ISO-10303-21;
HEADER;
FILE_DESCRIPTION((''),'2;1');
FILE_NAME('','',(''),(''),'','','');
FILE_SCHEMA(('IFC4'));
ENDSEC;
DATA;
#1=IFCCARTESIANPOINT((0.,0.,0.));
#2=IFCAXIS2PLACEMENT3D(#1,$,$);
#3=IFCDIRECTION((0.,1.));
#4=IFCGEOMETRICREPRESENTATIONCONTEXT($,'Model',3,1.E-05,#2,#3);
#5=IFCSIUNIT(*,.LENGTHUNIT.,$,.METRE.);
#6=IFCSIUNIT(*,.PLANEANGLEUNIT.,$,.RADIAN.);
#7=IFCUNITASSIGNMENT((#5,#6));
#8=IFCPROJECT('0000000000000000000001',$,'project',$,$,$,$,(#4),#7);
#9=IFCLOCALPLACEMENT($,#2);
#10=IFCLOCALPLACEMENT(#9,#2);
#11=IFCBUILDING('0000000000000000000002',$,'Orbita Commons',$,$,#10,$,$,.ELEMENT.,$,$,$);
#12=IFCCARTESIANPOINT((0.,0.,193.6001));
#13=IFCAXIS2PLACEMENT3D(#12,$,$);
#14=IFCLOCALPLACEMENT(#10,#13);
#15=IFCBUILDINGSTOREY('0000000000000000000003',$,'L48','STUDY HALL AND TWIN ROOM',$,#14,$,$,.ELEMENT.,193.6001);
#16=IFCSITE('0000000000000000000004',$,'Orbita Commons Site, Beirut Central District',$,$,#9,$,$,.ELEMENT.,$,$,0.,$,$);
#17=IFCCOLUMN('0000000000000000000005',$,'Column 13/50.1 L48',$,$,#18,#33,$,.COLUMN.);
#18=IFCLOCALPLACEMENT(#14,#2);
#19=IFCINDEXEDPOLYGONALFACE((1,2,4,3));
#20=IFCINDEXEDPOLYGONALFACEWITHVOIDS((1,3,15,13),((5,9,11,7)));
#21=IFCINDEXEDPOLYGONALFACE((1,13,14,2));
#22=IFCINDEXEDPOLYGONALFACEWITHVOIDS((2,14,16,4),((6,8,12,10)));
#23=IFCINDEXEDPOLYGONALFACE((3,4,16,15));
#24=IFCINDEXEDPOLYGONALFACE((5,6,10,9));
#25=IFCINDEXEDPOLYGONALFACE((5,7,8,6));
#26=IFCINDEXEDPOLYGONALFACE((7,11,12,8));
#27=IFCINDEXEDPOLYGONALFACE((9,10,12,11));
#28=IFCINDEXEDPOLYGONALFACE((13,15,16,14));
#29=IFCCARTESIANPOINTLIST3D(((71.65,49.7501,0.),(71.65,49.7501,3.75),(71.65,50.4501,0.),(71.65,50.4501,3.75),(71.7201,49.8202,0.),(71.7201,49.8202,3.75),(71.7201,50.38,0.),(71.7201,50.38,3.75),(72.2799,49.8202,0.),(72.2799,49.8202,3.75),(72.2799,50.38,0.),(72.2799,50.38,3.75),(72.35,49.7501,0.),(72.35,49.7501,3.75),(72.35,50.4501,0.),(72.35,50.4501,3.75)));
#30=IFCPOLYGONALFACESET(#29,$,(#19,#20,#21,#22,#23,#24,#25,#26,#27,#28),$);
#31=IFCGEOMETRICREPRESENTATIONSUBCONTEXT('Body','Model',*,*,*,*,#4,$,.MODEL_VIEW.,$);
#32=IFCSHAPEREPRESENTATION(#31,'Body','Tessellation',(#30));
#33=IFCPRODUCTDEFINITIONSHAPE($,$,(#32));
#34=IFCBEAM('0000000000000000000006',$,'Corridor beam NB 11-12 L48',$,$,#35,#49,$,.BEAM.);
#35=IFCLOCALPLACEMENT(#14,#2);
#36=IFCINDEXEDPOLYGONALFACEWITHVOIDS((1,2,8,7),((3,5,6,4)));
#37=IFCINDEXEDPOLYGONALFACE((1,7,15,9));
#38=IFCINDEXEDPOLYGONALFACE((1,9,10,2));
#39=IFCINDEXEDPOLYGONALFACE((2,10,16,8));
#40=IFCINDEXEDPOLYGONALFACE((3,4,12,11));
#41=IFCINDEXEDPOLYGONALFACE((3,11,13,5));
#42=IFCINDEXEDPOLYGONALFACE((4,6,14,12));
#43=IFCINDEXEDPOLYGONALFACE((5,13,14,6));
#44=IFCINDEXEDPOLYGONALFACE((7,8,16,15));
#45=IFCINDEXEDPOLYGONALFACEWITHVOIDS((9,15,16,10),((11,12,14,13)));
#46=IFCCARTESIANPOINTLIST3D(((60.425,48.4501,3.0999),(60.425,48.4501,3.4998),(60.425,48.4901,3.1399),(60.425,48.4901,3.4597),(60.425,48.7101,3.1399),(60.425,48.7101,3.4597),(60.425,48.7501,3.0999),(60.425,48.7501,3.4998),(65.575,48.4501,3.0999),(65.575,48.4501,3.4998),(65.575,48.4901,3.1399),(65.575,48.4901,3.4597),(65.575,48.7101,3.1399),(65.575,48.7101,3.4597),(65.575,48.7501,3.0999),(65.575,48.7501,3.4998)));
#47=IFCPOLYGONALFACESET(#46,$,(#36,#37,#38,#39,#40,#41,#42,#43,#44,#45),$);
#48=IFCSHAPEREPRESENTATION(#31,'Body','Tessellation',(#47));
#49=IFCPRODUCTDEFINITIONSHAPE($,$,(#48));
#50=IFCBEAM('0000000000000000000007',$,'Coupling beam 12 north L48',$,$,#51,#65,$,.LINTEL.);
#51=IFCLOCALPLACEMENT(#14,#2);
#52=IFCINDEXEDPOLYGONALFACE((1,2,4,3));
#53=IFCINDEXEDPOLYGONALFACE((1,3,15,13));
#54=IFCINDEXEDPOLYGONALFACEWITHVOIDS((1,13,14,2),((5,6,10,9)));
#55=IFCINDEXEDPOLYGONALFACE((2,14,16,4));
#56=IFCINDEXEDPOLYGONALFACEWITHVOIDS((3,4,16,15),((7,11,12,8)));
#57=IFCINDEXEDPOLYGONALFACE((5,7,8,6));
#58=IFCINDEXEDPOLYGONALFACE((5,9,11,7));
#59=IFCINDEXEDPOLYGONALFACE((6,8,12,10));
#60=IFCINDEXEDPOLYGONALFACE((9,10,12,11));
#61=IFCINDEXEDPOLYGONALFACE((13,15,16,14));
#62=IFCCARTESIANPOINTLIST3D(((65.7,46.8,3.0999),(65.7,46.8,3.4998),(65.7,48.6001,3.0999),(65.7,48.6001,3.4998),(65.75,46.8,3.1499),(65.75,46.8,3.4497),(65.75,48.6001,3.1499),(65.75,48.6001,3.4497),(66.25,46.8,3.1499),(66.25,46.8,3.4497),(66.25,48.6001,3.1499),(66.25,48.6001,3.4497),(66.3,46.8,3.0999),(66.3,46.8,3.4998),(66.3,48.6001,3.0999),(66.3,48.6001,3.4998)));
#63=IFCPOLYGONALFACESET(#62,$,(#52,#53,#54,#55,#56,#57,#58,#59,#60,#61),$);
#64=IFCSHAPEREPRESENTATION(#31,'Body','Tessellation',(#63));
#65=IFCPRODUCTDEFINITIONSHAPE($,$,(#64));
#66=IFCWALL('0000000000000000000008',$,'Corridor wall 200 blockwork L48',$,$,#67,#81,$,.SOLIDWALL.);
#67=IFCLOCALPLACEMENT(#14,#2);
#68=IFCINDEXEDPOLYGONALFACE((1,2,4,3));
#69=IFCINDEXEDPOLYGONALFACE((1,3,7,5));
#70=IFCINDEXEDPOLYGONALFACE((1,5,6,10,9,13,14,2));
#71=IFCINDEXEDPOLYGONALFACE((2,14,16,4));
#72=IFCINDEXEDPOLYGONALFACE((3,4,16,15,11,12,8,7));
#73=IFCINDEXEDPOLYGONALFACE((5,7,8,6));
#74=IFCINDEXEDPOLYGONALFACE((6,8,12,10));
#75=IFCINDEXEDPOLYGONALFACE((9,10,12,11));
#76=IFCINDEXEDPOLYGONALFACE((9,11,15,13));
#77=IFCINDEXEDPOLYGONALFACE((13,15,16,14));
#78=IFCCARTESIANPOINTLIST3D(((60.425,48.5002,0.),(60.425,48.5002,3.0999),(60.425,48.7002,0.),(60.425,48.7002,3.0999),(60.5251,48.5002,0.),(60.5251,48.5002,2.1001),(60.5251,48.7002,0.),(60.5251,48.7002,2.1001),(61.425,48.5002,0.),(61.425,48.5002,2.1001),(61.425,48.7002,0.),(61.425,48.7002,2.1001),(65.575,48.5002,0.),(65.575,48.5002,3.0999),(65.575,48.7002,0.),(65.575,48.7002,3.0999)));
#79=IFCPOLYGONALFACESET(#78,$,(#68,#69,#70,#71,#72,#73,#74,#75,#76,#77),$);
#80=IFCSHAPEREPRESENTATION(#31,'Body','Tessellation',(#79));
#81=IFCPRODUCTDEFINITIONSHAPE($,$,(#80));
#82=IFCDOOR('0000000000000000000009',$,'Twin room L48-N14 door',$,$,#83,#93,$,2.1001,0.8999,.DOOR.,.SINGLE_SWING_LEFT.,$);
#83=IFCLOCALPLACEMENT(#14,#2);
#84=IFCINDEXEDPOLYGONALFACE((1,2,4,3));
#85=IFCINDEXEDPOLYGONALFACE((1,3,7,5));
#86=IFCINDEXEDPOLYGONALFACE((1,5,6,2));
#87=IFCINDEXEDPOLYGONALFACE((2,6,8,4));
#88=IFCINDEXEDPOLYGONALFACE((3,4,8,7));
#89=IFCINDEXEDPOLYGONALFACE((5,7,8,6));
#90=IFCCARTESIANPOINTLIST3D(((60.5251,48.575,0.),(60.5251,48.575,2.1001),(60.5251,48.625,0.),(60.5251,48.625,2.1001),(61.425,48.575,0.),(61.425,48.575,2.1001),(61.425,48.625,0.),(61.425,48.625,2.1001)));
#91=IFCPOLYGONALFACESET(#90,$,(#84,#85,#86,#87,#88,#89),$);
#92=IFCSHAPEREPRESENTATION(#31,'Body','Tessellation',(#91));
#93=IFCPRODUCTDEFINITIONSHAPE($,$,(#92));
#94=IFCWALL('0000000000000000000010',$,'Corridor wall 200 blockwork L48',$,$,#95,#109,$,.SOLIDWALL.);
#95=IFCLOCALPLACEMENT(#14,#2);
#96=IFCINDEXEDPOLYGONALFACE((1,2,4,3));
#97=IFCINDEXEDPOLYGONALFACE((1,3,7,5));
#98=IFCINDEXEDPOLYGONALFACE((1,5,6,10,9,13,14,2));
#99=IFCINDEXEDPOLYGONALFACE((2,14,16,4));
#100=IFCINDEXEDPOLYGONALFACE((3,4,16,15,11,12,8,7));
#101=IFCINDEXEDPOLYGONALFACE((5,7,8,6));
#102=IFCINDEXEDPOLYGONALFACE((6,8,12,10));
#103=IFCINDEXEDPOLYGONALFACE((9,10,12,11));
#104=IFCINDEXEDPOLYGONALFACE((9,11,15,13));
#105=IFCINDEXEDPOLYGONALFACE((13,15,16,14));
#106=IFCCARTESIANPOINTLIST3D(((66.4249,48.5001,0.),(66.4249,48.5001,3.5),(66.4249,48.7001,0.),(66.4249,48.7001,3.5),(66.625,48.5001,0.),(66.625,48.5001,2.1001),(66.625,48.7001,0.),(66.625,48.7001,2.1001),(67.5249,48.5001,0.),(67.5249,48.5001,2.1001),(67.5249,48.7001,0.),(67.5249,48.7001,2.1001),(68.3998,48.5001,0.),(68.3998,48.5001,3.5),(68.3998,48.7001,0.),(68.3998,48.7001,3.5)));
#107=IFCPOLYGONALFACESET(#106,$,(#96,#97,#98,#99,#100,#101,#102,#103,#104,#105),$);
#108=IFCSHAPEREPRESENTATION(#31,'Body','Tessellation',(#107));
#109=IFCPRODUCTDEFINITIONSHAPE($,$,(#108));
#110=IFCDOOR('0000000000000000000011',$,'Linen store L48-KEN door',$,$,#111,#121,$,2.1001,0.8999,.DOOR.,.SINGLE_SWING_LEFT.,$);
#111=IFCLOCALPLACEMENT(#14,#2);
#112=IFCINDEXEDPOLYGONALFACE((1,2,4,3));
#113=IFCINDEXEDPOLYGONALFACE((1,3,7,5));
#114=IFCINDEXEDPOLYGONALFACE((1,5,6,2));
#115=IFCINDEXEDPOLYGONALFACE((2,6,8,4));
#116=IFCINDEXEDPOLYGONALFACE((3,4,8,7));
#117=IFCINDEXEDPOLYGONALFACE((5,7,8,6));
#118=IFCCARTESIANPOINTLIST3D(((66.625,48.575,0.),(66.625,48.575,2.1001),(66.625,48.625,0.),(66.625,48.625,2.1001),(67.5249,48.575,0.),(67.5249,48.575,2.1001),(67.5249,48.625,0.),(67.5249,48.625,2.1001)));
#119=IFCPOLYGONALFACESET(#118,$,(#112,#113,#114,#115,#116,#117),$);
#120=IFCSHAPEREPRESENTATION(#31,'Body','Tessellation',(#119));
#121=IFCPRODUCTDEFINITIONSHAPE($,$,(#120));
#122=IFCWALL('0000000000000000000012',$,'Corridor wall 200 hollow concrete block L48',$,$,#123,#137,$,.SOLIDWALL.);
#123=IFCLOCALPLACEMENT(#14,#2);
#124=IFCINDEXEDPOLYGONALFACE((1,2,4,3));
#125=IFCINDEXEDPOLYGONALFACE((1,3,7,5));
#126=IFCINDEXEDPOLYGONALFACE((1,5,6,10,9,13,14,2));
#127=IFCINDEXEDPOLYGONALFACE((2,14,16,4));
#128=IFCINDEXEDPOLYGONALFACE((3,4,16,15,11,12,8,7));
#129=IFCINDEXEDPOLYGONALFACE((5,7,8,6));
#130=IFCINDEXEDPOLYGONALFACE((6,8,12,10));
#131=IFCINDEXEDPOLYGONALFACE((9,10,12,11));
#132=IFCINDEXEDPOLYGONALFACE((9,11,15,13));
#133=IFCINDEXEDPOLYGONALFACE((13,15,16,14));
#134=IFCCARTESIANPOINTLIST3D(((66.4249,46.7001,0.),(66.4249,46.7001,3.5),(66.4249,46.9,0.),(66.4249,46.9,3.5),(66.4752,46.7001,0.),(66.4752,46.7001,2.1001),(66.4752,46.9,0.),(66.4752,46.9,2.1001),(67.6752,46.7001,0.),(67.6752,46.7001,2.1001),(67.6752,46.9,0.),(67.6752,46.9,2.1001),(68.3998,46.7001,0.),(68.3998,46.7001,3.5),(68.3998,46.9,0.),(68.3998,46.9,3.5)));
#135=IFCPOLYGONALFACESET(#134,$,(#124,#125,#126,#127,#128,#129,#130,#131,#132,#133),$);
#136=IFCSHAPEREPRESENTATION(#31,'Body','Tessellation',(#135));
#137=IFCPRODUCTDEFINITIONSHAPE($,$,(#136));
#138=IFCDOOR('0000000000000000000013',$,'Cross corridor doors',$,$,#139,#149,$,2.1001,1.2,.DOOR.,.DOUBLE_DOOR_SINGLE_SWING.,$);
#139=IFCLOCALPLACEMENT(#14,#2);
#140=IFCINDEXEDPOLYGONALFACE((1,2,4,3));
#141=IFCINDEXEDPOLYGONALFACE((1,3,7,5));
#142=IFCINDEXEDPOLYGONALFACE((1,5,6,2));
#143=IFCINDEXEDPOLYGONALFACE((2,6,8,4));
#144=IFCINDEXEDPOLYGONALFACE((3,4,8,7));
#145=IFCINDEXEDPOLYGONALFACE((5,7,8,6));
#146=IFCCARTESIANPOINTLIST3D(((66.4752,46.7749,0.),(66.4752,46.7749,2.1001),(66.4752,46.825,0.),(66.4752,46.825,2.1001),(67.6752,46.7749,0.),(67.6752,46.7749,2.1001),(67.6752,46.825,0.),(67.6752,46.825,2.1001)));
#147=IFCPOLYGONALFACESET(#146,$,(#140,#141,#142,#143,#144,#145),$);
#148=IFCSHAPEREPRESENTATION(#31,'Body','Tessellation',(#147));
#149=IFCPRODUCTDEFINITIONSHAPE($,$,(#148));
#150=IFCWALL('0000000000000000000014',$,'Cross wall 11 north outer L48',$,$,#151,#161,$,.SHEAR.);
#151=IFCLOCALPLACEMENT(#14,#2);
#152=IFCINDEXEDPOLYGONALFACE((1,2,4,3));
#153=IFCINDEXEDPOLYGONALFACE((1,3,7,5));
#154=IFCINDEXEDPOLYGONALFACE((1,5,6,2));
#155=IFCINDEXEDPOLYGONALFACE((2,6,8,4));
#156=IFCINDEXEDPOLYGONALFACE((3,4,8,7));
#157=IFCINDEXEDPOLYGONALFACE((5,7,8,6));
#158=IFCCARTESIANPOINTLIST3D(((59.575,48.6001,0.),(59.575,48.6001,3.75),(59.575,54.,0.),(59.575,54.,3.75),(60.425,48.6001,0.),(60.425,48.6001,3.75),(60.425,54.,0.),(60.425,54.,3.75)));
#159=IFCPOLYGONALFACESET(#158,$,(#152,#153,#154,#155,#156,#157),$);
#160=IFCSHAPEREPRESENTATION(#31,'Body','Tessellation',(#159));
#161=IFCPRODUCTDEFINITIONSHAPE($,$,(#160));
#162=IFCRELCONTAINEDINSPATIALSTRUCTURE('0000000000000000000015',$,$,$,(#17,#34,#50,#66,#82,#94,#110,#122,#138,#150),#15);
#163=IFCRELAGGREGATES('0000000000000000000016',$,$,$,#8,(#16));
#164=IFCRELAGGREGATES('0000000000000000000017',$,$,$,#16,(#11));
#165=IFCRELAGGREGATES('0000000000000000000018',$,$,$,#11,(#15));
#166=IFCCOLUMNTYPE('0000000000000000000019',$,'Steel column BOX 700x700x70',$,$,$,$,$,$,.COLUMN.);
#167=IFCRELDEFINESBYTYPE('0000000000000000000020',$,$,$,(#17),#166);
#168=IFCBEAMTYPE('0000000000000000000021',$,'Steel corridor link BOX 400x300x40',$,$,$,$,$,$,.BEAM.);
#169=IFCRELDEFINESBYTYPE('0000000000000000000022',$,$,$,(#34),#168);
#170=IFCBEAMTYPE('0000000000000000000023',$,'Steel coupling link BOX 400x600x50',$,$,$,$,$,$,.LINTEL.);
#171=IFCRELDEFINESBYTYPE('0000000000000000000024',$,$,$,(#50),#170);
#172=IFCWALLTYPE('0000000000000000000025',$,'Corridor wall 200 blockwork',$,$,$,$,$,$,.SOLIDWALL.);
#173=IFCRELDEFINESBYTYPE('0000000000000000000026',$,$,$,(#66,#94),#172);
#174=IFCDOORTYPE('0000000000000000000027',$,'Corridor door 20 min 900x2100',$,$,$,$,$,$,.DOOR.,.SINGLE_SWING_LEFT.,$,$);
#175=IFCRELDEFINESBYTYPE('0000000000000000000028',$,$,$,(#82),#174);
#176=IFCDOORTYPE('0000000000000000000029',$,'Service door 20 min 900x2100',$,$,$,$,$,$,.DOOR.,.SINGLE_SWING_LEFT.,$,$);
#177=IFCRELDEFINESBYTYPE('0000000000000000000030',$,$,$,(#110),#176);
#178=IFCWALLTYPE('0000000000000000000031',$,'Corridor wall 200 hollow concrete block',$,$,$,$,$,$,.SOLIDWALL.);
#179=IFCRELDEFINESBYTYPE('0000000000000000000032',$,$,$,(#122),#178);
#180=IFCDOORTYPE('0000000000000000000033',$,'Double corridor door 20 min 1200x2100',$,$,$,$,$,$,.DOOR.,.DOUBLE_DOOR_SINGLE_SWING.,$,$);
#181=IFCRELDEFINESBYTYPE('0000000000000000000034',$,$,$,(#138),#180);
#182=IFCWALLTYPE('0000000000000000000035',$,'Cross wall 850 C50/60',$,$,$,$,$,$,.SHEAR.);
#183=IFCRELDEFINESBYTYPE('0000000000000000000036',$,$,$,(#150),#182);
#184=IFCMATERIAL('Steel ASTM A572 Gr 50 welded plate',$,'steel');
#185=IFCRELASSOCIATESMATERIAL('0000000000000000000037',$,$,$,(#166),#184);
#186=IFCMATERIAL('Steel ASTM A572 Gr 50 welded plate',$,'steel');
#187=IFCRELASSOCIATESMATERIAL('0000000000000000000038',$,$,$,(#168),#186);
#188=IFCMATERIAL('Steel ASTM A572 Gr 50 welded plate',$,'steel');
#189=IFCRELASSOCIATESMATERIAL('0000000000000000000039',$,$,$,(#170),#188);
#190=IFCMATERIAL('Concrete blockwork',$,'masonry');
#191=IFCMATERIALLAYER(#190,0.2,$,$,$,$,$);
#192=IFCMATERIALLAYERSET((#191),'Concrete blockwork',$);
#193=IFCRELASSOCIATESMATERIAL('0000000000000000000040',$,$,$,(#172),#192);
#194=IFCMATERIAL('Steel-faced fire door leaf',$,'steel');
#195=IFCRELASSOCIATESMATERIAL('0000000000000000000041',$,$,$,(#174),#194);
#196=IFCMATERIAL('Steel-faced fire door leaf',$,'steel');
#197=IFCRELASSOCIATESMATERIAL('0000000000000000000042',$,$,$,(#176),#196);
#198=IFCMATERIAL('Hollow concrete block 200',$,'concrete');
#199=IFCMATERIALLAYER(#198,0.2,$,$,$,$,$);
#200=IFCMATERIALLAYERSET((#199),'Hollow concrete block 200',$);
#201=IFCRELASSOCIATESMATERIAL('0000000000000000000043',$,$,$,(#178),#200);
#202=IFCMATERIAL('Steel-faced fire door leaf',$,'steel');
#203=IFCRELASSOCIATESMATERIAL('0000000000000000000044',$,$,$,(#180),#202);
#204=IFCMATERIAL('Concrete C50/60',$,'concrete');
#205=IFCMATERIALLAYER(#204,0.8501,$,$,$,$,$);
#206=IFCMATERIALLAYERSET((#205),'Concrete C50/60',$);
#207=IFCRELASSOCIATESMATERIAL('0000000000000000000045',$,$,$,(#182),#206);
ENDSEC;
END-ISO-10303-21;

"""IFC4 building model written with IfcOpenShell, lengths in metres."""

from ifc_helpers import new_model, si_unit, direction, frame, frame_2d, origin, origin_2d, place, context, subcontext, project, spatial, polyline, rectangle, hollow_rectangle, outline, extrude, material, layer, layer_set, material_profile, profile_set, type_object, element, fill, save


model = new_model("IFC4")

# Units and contexts
model_context = context("Model", 3, precision=1e-05, world=origin(), true_north=direction((0.0, 1.0)))
body_context = subcontext(model_context, "Body", "Model", "MODEL_VIEW")
ifc_project = project(units=[si_unit("LENGTHUNIT", "METRE"), si_unit("PLANEANGLEUNIT", "RADIAN")], contexts=[model_context])

# Site, building, storey
site_placement = place(None, origin())
site = spatial("IfcSite", under=ifc_project, at=site_placement, Name="Orbita Commons Site, Beirut Central District", CompositionType="ELEMENT", RefElevation=0.0)
building_placement = place(site_placement, origin())
building = spatial("IfcBuilding", under=site, at=building_placement, Name="Orbita Commons", CompositionType="ELEMENT")
storey_placement = place(building_placement, frame((0.0, 0.0, 193.6001)))
storey = spatial("IfcBuildingStorey", under=building, at=storey_placement, Name="L48", Description="STUDY HALL AND TWIN ROOM", CompositionType="ELEMENT", Elevation=193.6001)

# Column
ifc_material_1 = material(Name="Steel ASTM A572 Gr 50 welded plate", Category="steel")
ifc_material_profile_1 = material_profile(ifc_material_1, hollow_rectangle(XDim=0.7, YDim=0.7, WallThickness=0.0701, at=origin_2d()), Name="BOX 700x700x70")
ifc_profile_set_1 = profile_set([ifc_material_profile_1], Name="Steel ASTM A572 Gr 50 welded plate")
column_type = type_object("IfcColumnType", Name="Steel column BOX 700x700x70", PredefinedType="COLUMN", material=ifc_profile_set_1)
column_placement = place(storey_placement, frame((72.0, 50.1001, 0.0), z_axis=(0.0, 0.0, 1.0), x_axis=(1.0, 0.0, 0.0)))
element("IfcColumn", 1, at=column_placement, inside=storey, type_object=column_type, Name="Column 13/50.1 L48", PredefinedType="COLUMN", context=body_context, shape_type="SweptSolid", body=[
    extrude(hollow_rectangle(XDim=0.7, YDim=0.7, WallThickness=0.0701, at=origin_2d()), origin(), (0.0, 0.0, 1.0), 3.75),
])

# Beams
ifc_material_2 = material(Name="Steel ASTM A572 Gr 50 welded plate", Category="steel")
ifc_material_profile_2 = material_profile(ifc_material_2, hollow_rectangle(XDim=0.3, YDim=0.3999, WallThickness=0.04, at=origin_2d()), Name="BOX 400x300x40")
ifc_profile_set_2 = profile_set([ifc_material_profile_2], Name="Steel ASTM A572 Gr 50 welded plate")
beam_type_1 = type_object("IfcBeamType", Name="Steel corridor link BOX 400x300x40", PredefinedType="BEAM", material=ifc_profile_set_2)
beam_1_placement = place(storey_placement, frame((60.425, 48.6001, 3.2998), z_axis=(1.0, 0.0, 0.0), x_axis=(0.0, 1.0, 0.0)))
element("IfcBeam", 2, at=beam_1_placement, inside=storey, type_object=beam_type_1, Name="Corridor beam NB 11-12 L48", PredefinedType="BEAM", context=body_context, shape_type="SweptSolid", body=[
    extrude(hollow_rectangle(XDim=0.3, YDim=0.3999, WallThickness=0.04, at=origin_2d()), origin(), (0.0, 0.0, 1.0), 5.1499),
])
ifc_material_3 = material(Name="Steel ASTM A572 Gr 50 welded plate", Category="steel")
ifc_material_profile_3 = material_profile(ifc_material_3, hollow_rectangle(XDim=0.6001, YDim=0.3999, WallThickness=0.05, at=origin_2d()), Name="BOX 400x600x50")
ifc_profile_set_3 = profile_set([ifc_material_profile_3], Name="Steel ASTM A572 Gr 50 welded plate")
beam_type_2 = type_object("IfcBeamType", Name="Steel coupling link BOX 400x600x50", PredefinedType="LINTEL", material=ifc_profile_set_3)
beam_2_placement = place(storey_placement, frame((66.0, 46.8, 3.2998), z_axis=(0.0, 1.0, 0.0), x_axis=(-1.0, 0.0, 0.0)))
element("IfcBeam", 3, at=beam_2_placement, inside=storey, type_object=beam_type_2, Name="Coupling beam 12 north L48", PredefinedType="LINTEL", context=body_context, shape_type="SweptSolid", body=[
    extrude(hollow_rectangle(XDim=0.6001, YDim=0.3999, WallThickness=0.05, at=origin_2d()), origin(), (0.0, 0.0, 1.0), 1.8),
])

# Walls, openings, doors
ifc_material_4 = material(Name="Concrete blockwork", Category="masonry")
ifc_layer_1 = layer(ifc_material_4, 0.2)
ifc_layer_set_1 = layer_set([ifc_layer_1], Name="Concrete blockwork")
wall_type_1 = type_object("IfcWallType", Name="Corridor wall 200 blockwork", PredefinedType="SOLIDWALL", material=ifc_layer_set_1)
wall_1_placement = place(storey_placement, frame((60.425, 48.6001, 0.0), z_axis=(0.0, 0.0, 1.0), x_axis=(1.0, 0.0, 0.0)))
wall_1 = element("IfcWall", 4, at=wall_1_placement, inside=storey, type_object=wall_type_1, Name="Corridor wall 200 blockwork L48", PredefinedType="SOLIDWALL", context=body_context, shape_type="SweptSolid", body=[
    extrude(outline(polyline([(0.0, 0.0), (5.1499, 0.0), (5.1499, 3.0999), (0.0, 3.0999), (0.0, 0.0)])), frame((0.0, 0.1001, 0.0), z_axis=(0.0, -1.0, 0.0), x_axis=(1.0, 0.0, 0.0)), (0.0, 0.0, 1.0), 0.2),
])
opening_1_placement = place(wall_1_placement, frame((0.1001, 0.0, 0.0)))
opening_1 = element("IfcOpeningElement", 5, at=opening_1_placement, cuts=wall_1, PredefinedType="OPENING", context=body_context, shape_type="SweptSolid", body=[
    extrude(rectangle(XDim=0.8999, YDim=2.1001, at=frame_2d((0.45, 1.05))), frame((0.0, 0.1099, 0.0), z_axis=(0.0, -1.0, 0.0), x_axis=(1.0, 0.0, 0.0)), (0.0, 0.0, 1.0), 0.22),
])
ifc_material_5 = material(Name="Steel-faced fire door leaf", Category="steel")
door_type_1 = type_object("IfcDoorType", Name="Corridor door 20 min 900x2100", OperationType="SINGLE_SWING_LEFT", PredefinedType="DOOR", material=ifc_material_5)
door_1_placement = place(opening_1_placement, origin())
door_1 = element("IfcDoor", 6, at=door_1_placement, inside=storey, type_object=door_type_1, Name="Twin room L48-N14 door", OperationType="SINGLE_SWING_LEFT", OverallHeight=2.1001, OverallWidth=0.8999, PredefinedType="DOOR", context=body_context, shape_type="SweptSolid", body=[
    extrude(rectangle(XDim=0.8999, YDim=2.1001, at=frame_2d((0.45, 1.05))), frame((0.0, 0.0249, 0.0), z_axis=(0.0, -1.0, 0.0), x_axis=(1.0, 0.0, 0.0)), (0.0, 0.0, 1.0), 0.05),
])
fill(opening_1, door_1)
wall_2_placement = place(storey_placement, frame((66.425, 48.6001, 0.0), z_axis=(0.0, 0.0, 1.0), x_axis=(1.0, 0.0, 0.0)))
wall_2 = element("IfcWall", 7, at=wall_2_placement, inside=storey, type_object=wall_type_1, Name="Corridor wall 200 blockwork L48", PredefinedType="SOLIDWALL", context=body_context, shape_type="SweptSolid", body=[
    extrude(rectangle(XDim=1.9749, YDim=0.2, at=frame_2d((0.9873, 0.0))), origin(), (0.0, 0.0, 1.0), 3.5),
])
opening_2_placement = place(wall_2_placement, frame((0.2, 0.0, 0.0)))
opening_2 = element("IfcOpeningElement", 8, at=opening_2_placement, cuts=wall_2, PredefinedType="OPENING", context=body_context, shape_type="SweptSolid", body=[
    extrude(rectangle(XDim=0.8999, YDim=2.1001, at=frame_2d((0.45, 1.05))), frame((0.0, 0.1099, 0.0), z_axis=(0.0, -1.0, 0.0), x_axis=(1.0, 0.0, 0.0)), (0.0, 0.0, 1.0), 0.22),
])
ifc_material_6 = material(Name="Steel-faced fire door leaf", Category="steel")
door_type_2 = type_object("IfcDoorType", Name="Service door 20 min 900x2100", OperationType="SINGLE_SWING_LEFT", PredefinedType="DOOR", material=ifc_material_6)
door_2_placement = place(opening_2_placement, origin())
door_2 = element("IfcDoor", 9, at=door_2_placement, inside=storey, type_object=door_type_2, Name="Linen store L48-KEN door", OperationType="SINGLE_SWING_LEFT", OverallHeight=2.1001, OverallWidth=0.8999, PredefinedType="DOOR", context=body_context, shape_type="SweptSolid", body=[
    extrude(rectangle(XDim=0.8999, YDim=2.1001, at=frame_2d((0.45, 1.05))), frame((0.0, 0.0249, 0.0), z_axis=(0.0, -1.0, 0.0), x_axis=(1.0, 0.0, 0.0)), (0.0, 0.0, 1.0), 0.05),
])
fill(opening_2, door_2)
ifc_material_7 = material(Name="Hollow concrete block 200", Category="concrete")
ifc_layer_2 = layer(ifc_material_7, 0.2)
ifc_layer_set_2 = layer_set([ifc_layer_2], Name="Hollow concrete block 200")
wall_type_2 = type_object("IfcWallType", Name="Corridor wall 200 hollow concrete block", PredefinedType="SOLIDWALL", material=ifc_layer_set_2)
wall_3_placement = place(storey_placement, frame((66.425, 46.8, 0.0), z_axis=(0.0, 0.0, 1.0), x_axis=(1.0, 0.0, 0.0)))
wall_3 = element("IfcWall", 10, at=wall_3_placement, inside=storey, type_object=wall_type_2, Name="Corridor wall 200 hollow concrete block L48", PredefinedType="SOLIDWALL", context=body_context, shape_type="SweptSolid", body=[
    extrude(rectangle(XDim=1.9749, YDim=0.2, at=frame_2d((0.9873, 0.0))), origin(), (0.0, 0.0, 1.0), 3.5),
])
opening_3_placement = place(wall_3_placement, frame((0.05, 0.0, 0.0)))
opening_3 = element("IfcOpeningElement", 11, at=opening_3_placement, cuts=wall_3, PredefinedType="OPENING", context=body_context, shape_type="SweptSolid", body=[
    extrude(rectangle(XDim=1.2, YDim=2.1001, at=frame_2d((0.6001, 1.05))), frame((0.0, 0.1099, 0.0), z_axis=(0.0, -1.0, 0.0), x_axis=(1.0, 0.0, 0.0)), (0.0, 0.0, 1.0), 0.22),
])
ifc_material_8 = material(Name="Steel-faced fire door leaf", Category="steel")
door_type_3 = type_object("IfcDoorType", Name="Double corridor door 20 min 1200x2100", OperationType="DOUBLE_DOOR_SINGLE_SWING", PredefinedType="DOOR", material=ifc_material_8)
door_3_placement = place(opening_3_placement, origin())
door_3 = element("IfcDoor", 12, at=door_3_placement, inside=storey, type_object=door_type_3, Name="Cross corridor doors", OperationType="DOUBLE_DOOR_SINGLE_SWING", OverallHeight=2.1001, OverallWidth=1.2, PredefinedType="DOOR", context=body_context, shape_type="SweptSolid", body=[
    extrude(rectangle(XDim=1.2, YDim=2.1001, at=frame_2d((0.6001, 1.05))), frame((0.0, 0.0249, 0.0), z_axis=(0.0, -1.0, 0.0), x_axis=(1.0, 0.0, 0.0)), (0.0, 0.0, 1.0), 0.05),
])
fill(opening_3, door_3)

# Wall
ifc_material_9 = material(Name="Concrete C50/60", Category="concrete")
ifc_layer_3 = layer(ifc_material_9, 0.8501)
ifc_layer_set_3 = layer_set([ifc_layer_3], Name="Concrete C50/60")
wall_type_3 = type_object("IfcWallType", Name="Cross wall 850 C50/60", PredefinedType="SHEAR", material=ifc_layer_set_3)
for number, where, z_axis, x_axis, name in (
    (13, (60.0, 48.6001, 0.0), (0.0, 0.0, 1.0), (0.0, 1.0, 0.0), "Cross wall 11 north outer L48"),
):
    element("IfcWall", number, at=place(storey_placement, frame(where, z_axis=z_axis, x_axis=x_axis)), inside=storey, type_object=wall_type_3, Name=name, PredefinedType="SHEAR", context=body_context, shape_type="SweptSolid", body=[
        extrude(rectangle(XDim=5.3999, YDim=0.8501, at=frame_2d((2.7, 0.0))), origin(), (0.0, 0.0, 1.0), 3.75),
    ])

save(model, "model.ifc")
